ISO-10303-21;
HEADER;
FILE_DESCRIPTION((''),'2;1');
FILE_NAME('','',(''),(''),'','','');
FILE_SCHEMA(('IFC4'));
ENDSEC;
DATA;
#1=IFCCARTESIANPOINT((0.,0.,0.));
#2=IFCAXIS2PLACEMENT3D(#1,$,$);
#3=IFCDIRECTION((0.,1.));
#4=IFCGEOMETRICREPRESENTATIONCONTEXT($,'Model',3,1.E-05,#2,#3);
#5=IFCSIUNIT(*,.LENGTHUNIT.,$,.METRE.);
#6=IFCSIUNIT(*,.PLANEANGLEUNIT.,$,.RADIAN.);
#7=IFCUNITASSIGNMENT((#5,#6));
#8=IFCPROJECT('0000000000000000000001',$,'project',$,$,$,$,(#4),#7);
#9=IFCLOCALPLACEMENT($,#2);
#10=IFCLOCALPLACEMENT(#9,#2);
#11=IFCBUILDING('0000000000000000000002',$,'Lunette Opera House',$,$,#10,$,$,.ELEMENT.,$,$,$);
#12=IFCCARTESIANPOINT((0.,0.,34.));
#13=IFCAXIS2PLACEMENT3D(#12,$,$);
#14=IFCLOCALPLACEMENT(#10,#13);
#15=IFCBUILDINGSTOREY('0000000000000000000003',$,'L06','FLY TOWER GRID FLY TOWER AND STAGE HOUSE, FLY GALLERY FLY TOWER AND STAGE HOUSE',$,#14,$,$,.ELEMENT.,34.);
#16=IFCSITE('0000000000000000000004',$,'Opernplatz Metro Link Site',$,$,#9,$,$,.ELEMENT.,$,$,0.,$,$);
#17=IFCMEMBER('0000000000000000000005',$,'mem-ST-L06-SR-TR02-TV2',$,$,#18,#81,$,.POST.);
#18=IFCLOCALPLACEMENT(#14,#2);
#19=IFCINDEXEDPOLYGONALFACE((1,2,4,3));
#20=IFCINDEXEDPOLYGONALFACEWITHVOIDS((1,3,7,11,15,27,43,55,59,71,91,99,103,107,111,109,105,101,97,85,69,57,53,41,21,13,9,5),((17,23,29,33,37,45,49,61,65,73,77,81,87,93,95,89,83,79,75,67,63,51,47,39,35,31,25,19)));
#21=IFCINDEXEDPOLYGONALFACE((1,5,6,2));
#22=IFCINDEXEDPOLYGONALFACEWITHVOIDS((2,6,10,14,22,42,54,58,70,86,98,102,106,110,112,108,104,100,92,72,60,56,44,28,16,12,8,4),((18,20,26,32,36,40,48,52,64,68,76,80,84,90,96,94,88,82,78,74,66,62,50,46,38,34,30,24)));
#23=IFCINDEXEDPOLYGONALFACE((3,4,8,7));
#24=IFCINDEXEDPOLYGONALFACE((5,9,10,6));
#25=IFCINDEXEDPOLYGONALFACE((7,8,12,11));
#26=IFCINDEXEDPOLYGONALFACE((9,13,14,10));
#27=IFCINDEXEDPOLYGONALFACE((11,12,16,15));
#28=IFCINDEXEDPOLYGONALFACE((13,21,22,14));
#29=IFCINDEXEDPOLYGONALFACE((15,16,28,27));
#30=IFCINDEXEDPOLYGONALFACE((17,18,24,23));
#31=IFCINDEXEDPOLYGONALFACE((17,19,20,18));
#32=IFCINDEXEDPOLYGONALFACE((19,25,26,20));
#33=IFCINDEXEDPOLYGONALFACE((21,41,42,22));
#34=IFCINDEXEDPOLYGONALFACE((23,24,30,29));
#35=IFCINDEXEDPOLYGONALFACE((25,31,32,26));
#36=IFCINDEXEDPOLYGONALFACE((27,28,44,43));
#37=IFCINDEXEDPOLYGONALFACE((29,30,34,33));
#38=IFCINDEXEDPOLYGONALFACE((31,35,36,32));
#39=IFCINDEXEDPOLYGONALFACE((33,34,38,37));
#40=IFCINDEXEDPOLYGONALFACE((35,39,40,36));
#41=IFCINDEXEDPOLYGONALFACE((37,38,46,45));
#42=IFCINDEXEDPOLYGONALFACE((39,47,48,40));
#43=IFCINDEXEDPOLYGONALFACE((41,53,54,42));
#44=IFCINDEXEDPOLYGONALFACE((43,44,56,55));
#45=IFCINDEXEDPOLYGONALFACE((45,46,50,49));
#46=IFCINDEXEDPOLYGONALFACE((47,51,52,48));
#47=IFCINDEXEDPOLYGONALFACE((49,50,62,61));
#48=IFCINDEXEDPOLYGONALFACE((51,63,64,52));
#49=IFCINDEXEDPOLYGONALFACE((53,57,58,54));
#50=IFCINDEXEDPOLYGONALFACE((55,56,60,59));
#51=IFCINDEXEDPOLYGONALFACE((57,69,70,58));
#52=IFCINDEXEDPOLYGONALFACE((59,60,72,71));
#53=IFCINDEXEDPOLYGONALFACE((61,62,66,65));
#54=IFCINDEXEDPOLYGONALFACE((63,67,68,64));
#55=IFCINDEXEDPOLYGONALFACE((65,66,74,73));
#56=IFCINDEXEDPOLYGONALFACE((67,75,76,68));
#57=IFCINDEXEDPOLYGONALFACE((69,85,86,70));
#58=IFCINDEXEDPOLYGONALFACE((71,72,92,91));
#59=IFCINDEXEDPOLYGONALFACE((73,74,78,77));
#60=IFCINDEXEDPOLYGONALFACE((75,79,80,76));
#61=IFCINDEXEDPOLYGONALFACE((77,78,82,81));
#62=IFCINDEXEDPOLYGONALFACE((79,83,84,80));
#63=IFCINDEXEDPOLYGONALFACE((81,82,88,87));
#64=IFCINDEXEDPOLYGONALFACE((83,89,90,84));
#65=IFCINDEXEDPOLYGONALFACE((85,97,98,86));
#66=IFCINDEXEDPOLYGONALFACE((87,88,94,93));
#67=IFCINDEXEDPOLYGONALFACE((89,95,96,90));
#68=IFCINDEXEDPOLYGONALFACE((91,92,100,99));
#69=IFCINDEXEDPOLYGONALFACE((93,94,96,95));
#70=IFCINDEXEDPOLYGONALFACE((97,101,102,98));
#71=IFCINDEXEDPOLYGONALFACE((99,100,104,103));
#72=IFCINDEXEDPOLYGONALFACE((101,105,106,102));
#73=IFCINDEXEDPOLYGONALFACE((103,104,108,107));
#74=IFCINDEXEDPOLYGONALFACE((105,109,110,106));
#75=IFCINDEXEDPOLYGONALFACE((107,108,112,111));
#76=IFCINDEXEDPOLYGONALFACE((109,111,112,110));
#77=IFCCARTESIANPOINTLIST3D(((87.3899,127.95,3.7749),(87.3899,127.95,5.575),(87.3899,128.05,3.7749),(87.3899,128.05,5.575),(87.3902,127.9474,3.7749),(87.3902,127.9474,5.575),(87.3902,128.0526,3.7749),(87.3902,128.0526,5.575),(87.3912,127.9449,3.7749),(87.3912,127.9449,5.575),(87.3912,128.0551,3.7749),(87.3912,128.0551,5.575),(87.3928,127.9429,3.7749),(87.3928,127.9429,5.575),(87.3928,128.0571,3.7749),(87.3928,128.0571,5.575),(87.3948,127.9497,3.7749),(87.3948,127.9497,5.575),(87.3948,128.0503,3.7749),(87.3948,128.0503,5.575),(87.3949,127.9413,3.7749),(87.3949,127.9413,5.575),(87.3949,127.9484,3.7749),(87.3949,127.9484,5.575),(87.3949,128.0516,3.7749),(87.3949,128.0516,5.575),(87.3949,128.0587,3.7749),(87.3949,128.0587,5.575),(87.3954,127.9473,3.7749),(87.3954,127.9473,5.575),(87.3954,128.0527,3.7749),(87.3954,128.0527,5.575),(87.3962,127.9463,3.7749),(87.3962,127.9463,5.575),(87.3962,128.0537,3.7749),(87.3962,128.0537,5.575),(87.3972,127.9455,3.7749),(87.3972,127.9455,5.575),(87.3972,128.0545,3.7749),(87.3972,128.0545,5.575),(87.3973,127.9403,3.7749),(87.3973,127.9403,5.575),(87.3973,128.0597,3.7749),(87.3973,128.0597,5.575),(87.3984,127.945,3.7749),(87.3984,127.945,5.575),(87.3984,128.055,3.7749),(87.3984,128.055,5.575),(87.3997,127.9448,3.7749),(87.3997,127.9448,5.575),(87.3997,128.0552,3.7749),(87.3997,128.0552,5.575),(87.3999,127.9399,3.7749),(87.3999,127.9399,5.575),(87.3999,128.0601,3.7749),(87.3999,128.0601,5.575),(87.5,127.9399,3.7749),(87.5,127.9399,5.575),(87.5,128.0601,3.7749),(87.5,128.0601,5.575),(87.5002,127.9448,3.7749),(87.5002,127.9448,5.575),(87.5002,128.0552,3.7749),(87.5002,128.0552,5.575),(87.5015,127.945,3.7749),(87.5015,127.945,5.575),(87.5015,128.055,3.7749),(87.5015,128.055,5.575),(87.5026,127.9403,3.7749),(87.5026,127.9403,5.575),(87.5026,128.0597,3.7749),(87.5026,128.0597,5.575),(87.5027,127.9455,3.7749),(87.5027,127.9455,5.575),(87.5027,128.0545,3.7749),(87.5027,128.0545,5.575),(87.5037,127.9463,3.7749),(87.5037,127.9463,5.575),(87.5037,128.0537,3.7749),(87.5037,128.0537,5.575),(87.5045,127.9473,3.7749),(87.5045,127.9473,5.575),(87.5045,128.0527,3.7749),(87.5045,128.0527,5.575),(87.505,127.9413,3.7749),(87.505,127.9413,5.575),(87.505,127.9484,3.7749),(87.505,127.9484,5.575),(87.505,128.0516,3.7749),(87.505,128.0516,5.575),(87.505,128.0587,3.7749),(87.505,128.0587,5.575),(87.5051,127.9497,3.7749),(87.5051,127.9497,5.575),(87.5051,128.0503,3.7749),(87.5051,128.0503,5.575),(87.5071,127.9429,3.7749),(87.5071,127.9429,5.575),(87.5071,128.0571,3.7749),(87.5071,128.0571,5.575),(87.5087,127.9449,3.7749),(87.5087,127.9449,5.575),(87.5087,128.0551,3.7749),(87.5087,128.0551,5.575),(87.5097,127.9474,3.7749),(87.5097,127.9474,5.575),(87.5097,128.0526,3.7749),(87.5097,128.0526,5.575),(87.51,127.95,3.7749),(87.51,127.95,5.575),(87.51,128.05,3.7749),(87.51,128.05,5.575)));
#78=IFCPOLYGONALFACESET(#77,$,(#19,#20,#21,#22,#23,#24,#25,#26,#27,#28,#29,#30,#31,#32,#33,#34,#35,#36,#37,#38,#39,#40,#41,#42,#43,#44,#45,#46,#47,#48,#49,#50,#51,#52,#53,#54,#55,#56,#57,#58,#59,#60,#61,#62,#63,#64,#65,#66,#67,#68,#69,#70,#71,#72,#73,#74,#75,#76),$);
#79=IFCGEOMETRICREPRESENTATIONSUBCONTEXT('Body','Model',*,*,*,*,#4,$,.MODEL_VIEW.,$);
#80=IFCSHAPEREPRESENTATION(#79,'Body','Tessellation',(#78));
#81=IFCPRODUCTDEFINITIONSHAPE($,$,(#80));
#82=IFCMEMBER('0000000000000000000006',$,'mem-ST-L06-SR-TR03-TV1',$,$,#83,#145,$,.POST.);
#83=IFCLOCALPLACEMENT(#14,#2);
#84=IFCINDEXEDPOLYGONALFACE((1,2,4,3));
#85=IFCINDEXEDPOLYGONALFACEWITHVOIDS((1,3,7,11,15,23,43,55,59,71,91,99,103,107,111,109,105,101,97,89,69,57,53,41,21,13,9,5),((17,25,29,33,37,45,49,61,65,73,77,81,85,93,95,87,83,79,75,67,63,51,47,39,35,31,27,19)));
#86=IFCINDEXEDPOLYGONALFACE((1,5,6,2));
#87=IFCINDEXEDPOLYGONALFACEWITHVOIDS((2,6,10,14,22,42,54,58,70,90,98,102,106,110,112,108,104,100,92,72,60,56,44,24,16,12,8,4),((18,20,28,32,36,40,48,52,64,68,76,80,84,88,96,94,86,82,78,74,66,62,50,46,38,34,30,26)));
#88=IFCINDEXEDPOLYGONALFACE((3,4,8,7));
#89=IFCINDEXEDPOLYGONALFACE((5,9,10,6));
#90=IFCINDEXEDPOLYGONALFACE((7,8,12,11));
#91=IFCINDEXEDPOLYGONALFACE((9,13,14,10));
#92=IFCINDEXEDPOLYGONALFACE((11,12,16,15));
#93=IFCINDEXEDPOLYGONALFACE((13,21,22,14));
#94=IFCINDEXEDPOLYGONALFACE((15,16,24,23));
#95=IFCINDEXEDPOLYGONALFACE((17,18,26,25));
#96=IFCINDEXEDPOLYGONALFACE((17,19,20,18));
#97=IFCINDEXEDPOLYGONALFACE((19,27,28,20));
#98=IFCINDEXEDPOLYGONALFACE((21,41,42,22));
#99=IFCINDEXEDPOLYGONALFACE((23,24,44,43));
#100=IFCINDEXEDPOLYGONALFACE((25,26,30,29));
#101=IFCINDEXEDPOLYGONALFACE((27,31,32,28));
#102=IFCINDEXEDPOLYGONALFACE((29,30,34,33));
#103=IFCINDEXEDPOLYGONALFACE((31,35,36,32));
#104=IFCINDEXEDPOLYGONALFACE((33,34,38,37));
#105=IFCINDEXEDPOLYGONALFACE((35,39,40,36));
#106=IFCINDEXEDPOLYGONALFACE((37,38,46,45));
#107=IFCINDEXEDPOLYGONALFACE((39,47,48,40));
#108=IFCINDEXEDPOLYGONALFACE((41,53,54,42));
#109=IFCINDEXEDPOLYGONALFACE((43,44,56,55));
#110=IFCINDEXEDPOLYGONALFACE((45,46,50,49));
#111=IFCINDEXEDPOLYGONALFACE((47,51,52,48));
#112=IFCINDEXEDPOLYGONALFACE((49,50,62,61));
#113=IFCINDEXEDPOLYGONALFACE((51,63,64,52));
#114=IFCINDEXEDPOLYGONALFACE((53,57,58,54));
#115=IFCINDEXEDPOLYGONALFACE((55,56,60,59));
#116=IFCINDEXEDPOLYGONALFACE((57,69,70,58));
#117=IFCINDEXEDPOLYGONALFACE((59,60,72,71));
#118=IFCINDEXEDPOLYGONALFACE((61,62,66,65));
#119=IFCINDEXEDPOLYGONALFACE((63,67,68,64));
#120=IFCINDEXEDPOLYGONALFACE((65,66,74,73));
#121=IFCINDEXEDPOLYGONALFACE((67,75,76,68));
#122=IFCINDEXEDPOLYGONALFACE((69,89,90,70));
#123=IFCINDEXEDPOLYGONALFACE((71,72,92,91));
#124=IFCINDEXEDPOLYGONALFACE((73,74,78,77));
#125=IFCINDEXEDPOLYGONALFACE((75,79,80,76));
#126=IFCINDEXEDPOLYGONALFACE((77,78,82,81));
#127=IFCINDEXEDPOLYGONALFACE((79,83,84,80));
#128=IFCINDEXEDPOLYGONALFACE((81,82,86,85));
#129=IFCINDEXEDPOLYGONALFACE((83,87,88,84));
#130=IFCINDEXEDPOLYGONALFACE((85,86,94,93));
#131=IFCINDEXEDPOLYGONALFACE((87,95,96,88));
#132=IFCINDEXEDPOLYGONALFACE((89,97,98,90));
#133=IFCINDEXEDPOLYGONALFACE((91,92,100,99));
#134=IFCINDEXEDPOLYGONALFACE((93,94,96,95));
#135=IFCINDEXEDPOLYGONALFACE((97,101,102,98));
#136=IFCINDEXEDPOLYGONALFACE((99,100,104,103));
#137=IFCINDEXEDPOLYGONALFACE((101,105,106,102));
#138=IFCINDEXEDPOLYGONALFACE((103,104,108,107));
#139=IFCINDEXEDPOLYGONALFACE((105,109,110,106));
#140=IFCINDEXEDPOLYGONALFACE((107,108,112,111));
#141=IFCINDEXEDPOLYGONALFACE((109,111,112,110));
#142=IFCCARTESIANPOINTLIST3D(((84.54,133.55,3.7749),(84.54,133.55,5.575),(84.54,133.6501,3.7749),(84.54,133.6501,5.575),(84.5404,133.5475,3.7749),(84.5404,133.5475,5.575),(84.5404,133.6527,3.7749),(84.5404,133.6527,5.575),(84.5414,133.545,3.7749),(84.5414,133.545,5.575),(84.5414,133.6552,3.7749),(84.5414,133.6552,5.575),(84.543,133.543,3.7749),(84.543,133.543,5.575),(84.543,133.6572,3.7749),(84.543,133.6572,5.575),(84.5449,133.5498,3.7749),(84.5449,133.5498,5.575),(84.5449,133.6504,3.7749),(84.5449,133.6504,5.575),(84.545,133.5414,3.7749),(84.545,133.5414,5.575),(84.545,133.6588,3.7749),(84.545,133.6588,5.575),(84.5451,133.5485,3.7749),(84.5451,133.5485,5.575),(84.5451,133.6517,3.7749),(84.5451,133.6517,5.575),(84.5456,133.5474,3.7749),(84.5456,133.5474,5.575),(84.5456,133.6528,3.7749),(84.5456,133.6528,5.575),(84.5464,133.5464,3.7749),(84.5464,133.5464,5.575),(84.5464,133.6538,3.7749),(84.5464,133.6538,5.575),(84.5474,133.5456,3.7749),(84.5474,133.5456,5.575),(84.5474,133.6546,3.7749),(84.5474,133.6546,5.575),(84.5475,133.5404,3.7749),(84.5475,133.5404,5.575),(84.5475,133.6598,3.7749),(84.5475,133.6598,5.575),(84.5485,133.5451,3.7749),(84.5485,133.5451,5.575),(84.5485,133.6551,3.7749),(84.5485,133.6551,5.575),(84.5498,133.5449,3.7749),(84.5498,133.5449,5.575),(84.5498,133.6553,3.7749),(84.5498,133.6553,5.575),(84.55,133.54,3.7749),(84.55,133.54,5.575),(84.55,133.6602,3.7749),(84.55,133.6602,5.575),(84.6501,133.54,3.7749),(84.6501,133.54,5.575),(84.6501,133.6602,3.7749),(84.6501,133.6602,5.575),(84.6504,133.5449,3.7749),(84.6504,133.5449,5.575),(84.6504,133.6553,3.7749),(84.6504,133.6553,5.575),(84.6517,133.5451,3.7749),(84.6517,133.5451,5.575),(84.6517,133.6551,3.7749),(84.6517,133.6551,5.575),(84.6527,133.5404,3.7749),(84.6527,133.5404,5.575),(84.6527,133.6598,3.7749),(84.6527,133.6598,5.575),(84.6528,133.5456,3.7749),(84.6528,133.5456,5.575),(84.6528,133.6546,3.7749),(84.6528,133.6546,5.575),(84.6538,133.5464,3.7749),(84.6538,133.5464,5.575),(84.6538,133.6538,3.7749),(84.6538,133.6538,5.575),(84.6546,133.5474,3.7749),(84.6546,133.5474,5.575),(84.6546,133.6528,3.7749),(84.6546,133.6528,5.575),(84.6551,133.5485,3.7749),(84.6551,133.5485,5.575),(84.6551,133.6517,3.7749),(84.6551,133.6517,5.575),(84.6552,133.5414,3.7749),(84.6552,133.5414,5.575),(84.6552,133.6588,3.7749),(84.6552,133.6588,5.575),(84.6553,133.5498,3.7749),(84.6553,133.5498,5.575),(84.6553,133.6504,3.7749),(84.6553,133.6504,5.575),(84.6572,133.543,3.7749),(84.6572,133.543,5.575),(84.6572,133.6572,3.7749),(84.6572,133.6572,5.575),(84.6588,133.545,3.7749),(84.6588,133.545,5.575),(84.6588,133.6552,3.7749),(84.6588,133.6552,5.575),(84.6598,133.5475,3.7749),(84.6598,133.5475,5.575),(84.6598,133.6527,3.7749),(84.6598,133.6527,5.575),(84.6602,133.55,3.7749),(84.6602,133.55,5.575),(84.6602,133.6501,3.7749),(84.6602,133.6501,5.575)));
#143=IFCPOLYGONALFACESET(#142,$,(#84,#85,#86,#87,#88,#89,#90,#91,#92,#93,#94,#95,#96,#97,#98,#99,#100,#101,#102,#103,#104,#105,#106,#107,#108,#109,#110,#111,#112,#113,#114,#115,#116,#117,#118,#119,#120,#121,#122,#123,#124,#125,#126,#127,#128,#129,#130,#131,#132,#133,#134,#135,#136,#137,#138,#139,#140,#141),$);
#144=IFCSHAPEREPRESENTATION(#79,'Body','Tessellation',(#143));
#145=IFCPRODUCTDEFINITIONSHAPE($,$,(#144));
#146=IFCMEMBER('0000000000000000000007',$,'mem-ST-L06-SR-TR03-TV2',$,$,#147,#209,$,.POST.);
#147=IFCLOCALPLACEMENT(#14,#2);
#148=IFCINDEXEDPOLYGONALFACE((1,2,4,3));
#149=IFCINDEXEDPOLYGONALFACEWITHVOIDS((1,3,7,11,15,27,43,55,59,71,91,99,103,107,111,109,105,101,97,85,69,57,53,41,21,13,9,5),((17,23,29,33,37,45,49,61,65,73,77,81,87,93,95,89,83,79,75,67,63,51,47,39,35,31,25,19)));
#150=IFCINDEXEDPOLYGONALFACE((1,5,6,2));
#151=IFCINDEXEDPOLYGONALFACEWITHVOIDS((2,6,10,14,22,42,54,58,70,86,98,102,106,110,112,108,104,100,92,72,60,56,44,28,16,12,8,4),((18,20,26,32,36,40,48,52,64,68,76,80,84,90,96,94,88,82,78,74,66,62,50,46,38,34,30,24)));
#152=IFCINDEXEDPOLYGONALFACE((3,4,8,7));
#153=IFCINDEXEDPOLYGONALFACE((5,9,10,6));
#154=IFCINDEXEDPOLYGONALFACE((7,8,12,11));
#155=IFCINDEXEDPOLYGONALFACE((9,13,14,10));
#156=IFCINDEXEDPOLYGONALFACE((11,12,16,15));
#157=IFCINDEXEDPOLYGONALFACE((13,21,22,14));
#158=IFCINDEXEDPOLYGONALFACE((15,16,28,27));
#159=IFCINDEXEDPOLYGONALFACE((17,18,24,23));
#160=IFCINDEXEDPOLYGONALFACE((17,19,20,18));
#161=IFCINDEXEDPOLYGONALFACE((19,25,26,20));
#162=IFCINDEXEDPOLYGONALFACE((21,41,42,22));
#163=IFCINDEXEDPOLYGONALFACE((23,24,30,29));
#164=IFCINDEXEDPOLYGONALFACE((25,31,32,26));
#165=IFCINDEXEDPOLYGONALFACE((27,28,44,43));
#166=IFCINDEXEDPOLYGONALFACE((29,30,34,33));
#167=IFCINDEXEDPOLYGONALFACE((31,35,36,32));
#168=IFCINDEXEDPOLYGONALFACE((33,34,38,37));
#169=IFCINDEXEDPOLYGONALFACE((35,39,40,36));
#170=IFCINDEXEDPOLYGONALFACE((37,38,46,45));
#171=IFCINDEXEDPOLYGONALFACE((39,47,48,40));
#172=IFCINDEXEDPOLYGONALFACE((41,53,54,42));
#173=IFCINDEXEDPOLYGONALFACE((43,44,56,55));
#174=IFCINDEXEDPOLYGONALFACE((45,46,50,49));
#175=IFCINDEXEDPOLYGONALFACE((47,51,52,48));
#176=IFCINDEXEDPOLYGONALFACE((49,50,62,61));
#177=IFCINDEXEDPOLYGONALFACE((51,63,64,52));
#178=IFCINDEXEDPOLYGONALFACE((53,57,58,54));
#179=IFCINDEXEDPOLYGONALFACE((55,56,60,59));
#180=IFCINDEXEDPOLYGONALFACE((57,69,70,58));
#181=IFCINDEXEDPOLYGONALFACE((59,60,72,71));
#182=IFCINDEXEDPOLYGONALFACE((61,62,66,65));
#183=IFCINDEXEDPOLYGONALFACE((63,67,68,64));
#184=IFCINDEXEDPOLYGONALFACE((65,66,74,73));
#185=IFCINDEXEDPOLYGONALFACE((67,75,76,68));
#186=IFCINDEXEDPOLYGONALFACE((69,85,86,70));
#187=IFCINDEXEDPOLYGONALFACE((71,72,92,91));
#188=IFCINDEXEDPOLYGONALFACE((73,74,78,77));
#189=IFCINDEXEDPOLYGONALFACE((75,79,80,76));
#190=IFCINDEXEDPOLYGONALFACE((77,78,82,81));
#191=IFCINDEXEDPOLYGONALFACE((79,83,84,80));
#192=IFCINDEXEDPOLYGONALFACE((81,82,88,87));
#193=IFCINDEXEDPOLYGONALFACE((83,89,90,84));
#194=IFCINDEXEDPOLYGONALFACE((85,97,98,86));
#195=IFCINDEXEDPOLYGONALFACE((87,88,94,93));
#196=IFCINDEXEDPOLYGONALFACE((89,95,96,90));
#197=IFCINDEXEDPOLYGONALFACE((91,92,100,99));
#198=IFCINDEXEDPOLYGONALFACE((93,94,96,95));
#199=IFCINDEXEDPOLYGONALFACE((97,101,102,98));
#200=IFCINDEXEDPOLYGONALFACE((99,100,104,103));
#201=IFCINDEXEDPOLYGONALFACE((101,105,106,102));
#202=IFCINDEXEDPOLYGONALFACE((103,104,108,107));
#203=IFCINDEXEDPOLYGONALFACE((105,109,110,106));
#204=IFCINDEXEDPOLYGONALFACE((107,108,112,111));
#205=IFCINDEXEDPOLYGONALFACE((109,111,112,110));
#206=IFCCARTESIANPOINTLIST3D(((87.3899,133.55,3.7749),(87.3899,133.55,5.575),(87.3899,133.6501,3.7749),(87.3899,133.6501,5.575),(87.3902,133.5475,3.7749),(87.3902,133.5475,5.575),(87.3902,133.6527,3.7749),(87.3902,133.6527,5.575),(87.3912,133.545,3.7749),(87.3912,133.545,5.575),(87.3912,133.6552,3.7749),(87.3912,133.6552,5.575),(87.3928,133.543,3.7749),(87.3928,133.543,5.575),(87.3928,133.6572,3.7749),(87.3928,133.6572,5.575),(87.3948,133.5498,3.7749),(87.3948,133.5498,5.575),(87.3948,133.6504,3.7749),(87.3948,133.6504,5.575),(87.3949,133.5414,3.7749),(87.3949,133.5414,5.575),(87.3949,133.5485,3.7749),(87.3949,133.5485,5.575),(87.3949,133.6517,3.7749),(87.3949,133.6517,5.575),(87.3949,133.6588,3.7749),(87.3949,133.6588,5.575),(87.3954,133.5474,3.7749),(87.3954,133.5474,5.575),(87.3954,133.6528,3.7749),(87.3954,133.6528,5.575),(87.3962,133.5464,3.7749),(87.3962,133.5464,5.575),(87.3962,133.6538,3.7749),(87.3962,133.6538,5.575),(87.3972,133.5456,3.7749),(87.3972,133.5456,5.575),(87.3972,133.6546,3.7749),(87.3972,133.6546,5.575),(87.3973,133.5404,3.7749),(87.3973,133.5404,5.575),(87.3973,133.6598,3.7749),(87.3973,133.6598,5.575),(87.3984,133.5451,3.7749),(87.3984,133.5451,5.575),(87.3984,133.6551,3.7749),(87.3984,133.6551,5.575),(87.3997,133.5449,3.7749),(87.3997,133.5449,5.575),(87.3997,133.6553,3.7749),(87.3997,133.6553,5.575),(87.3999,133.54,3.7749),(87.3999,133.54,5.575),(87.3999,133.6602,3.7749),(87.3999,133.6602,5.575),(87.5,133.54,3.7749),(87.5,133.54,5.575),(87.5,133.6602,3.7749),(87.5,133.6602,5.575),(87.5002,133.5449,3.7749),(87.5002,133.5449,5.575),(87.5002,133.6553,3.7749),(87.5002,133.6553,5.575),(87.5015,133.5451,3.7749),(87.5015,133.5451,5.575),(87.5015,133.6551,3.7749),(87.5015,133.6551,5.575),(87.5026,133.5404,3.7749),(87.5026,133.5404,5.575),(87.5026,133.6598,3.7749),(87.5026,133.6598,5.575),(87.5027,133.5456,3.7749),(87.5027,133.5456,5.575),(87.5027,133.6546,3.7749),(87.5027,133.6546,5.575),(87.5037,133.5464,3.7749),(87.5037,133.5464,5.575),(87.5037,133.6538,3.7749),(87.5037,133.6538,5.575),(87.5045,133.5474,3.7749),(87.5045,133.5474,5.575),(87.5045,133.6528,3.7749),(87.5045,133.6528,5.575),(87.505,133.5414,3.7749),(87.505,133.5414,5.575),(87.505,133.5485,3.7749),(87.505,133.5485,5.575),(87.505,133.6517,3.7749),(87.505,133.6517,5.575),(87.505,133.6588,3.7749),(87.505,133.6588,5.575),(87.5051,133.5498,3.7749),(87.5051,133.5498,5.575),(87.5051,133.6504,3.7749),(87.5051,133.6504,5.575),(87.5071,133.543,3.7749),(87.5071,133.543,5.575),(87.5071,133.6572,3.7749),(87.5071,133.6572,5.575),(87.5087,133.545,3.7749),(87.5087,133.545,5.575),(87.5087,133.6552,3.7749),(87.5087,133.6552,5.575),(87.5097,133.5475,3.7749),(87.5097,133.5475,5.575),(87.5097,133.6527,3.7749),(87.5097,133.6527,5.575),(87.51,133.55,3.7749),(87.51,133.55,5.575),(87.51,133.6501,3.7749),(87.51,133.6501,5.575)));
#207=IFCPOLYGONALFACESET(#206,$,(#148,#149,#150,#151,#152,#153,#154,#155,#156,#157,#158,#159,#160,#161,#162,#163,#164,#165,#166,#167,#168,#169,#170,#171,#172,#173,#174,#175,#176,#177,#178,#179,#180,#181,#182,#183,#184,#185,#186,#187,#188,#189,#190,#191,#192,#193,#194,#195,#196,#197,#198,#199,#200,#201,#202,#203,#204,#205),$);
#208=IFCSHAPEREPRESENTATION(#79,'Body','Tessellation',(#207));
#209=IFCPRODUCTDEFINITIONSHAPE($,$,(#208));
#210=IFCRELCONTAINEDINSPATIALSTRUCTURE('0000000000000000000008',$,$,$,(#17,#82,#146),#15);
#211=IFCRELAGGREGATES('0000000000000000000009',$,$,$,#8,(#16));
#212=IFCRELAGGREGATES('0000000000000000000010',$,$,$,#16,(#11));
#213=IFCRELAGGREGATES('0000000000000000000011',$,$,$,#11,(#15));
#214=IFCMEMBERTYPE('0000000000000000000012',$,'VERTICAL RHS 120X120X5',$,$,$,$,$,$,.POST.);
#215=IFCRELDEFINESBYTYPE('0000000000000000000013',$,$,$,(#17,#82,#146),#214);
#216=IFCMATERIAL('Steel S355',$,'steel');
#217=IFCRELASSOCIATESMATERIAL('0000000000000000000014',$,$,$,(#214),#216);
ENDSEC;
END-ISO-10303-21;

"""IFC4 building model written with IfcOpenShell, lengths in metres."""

from ifc_helpers import new_model, si_unit, direction, frame, origin, origin_2d, place, context, subcontext, project, spatial, hollow_rectangle, extrude, material, material_profile, profile_set, type_object, element, save


model = new_model("IFC4")

# Units and contexts
model_context = context("Model", 3, precision=1e-05, world=origin(), true_north=direction((0.0, 1.0)))
body_context = subcontext(model_context, "Body", "Model", "MODEL_VIEW")
ifc_project = project(units=[si_unit("LENGTHUNIT", "METRE"), si_unit("PLANEANGLEUNIT", "RADIAN")], contexts=[model_context])

# Site, building, storey
site_placement = place(None, origin())
site = spatial("IfcSite", under=ifc_project, at=site_placement, Name="Opernplatz Metro Link Site", CompositionType="ELEMENT", RefElevation=0.0)
building_placement = place(site_placement, origin())
building = spatial("IfcBuilding", under=site, at=building_placement, Name="Lunette Opera House", CompositionType="ELEMENT")
storey_placement = place(building_placement, frame((0.0, 0.0, 34.0)))
storey = spatial("IfcBuildingStorey", under=building, at=storey_placement, Name="L06", Description="FLY TOWER GRID FLY TOWER AND STAGE HOUSE, FLY GALLERY FLY TOWER AND STAGE HOUSE", CompositionType="ELEMENT", Elevation=34.0)

# Members
ifc_material_1 = material(Name="Steel S355", Category="steel")
ifc_material_profile_1 = material_profile(ifc_material_1, hollow_rectangle(XDim=0.1201, YDim=0.1201, WallThickness=0.0049, InnerFilletRadius=0.0049, OuterFilletRadius=0.01, at=origin_2d()), Name="RHS 120X120X5")
ifc_profile_set_1 = profile_set([ifc_material_profile_1], Name="Steel S355")
member_type_1 = type_object("IfcMemberType", Name="VERTICAL RHS 120X120X5", PredefinedType="POST", material=ifc_profile_set_1)
for number, where, z_axis, x_axis, name in (
    (1, (87.45, 128.0, 3.7749), (0.0, 0.0, 1.0), (1.0, 0.0, 0.0), "mem-ST-L06-SR-TR02-TV2"),
    (2, (84.6001, 133.6001, 3.7749), (0.0, 0.0, 1.0), (1.0, 0.0, 0.0), "mem-ST-L06-SR-TR03-TV1"),
    (3, (87.45, 133.6001, 3.7749), (0.0, 0.0, 1.0), (1.0, 0.0, 0.0), "mem-ST-L06-SR-TR03-TV2"),
):
    element("IfcMember", number, at=place(storey_placement, frame(where, z_axis=z_axis, x_axis=x_axis)), inside=storey, type_object=member_type_1, Name=name, PredefinedType="POST", context=body_context, shape_type="SweptSolid", body=[
        extrude(hollow_rectangle(XDim=0.1201, YDim=0.1201, WallThickness=0.0049, InnerFilletRadius=0.0049, OuterFilletRadius=0.01, at=origin_2d()), origin(), (0.0, 0.0, 1.0), 1.8),
    ])

save(model, "model.ifc")
